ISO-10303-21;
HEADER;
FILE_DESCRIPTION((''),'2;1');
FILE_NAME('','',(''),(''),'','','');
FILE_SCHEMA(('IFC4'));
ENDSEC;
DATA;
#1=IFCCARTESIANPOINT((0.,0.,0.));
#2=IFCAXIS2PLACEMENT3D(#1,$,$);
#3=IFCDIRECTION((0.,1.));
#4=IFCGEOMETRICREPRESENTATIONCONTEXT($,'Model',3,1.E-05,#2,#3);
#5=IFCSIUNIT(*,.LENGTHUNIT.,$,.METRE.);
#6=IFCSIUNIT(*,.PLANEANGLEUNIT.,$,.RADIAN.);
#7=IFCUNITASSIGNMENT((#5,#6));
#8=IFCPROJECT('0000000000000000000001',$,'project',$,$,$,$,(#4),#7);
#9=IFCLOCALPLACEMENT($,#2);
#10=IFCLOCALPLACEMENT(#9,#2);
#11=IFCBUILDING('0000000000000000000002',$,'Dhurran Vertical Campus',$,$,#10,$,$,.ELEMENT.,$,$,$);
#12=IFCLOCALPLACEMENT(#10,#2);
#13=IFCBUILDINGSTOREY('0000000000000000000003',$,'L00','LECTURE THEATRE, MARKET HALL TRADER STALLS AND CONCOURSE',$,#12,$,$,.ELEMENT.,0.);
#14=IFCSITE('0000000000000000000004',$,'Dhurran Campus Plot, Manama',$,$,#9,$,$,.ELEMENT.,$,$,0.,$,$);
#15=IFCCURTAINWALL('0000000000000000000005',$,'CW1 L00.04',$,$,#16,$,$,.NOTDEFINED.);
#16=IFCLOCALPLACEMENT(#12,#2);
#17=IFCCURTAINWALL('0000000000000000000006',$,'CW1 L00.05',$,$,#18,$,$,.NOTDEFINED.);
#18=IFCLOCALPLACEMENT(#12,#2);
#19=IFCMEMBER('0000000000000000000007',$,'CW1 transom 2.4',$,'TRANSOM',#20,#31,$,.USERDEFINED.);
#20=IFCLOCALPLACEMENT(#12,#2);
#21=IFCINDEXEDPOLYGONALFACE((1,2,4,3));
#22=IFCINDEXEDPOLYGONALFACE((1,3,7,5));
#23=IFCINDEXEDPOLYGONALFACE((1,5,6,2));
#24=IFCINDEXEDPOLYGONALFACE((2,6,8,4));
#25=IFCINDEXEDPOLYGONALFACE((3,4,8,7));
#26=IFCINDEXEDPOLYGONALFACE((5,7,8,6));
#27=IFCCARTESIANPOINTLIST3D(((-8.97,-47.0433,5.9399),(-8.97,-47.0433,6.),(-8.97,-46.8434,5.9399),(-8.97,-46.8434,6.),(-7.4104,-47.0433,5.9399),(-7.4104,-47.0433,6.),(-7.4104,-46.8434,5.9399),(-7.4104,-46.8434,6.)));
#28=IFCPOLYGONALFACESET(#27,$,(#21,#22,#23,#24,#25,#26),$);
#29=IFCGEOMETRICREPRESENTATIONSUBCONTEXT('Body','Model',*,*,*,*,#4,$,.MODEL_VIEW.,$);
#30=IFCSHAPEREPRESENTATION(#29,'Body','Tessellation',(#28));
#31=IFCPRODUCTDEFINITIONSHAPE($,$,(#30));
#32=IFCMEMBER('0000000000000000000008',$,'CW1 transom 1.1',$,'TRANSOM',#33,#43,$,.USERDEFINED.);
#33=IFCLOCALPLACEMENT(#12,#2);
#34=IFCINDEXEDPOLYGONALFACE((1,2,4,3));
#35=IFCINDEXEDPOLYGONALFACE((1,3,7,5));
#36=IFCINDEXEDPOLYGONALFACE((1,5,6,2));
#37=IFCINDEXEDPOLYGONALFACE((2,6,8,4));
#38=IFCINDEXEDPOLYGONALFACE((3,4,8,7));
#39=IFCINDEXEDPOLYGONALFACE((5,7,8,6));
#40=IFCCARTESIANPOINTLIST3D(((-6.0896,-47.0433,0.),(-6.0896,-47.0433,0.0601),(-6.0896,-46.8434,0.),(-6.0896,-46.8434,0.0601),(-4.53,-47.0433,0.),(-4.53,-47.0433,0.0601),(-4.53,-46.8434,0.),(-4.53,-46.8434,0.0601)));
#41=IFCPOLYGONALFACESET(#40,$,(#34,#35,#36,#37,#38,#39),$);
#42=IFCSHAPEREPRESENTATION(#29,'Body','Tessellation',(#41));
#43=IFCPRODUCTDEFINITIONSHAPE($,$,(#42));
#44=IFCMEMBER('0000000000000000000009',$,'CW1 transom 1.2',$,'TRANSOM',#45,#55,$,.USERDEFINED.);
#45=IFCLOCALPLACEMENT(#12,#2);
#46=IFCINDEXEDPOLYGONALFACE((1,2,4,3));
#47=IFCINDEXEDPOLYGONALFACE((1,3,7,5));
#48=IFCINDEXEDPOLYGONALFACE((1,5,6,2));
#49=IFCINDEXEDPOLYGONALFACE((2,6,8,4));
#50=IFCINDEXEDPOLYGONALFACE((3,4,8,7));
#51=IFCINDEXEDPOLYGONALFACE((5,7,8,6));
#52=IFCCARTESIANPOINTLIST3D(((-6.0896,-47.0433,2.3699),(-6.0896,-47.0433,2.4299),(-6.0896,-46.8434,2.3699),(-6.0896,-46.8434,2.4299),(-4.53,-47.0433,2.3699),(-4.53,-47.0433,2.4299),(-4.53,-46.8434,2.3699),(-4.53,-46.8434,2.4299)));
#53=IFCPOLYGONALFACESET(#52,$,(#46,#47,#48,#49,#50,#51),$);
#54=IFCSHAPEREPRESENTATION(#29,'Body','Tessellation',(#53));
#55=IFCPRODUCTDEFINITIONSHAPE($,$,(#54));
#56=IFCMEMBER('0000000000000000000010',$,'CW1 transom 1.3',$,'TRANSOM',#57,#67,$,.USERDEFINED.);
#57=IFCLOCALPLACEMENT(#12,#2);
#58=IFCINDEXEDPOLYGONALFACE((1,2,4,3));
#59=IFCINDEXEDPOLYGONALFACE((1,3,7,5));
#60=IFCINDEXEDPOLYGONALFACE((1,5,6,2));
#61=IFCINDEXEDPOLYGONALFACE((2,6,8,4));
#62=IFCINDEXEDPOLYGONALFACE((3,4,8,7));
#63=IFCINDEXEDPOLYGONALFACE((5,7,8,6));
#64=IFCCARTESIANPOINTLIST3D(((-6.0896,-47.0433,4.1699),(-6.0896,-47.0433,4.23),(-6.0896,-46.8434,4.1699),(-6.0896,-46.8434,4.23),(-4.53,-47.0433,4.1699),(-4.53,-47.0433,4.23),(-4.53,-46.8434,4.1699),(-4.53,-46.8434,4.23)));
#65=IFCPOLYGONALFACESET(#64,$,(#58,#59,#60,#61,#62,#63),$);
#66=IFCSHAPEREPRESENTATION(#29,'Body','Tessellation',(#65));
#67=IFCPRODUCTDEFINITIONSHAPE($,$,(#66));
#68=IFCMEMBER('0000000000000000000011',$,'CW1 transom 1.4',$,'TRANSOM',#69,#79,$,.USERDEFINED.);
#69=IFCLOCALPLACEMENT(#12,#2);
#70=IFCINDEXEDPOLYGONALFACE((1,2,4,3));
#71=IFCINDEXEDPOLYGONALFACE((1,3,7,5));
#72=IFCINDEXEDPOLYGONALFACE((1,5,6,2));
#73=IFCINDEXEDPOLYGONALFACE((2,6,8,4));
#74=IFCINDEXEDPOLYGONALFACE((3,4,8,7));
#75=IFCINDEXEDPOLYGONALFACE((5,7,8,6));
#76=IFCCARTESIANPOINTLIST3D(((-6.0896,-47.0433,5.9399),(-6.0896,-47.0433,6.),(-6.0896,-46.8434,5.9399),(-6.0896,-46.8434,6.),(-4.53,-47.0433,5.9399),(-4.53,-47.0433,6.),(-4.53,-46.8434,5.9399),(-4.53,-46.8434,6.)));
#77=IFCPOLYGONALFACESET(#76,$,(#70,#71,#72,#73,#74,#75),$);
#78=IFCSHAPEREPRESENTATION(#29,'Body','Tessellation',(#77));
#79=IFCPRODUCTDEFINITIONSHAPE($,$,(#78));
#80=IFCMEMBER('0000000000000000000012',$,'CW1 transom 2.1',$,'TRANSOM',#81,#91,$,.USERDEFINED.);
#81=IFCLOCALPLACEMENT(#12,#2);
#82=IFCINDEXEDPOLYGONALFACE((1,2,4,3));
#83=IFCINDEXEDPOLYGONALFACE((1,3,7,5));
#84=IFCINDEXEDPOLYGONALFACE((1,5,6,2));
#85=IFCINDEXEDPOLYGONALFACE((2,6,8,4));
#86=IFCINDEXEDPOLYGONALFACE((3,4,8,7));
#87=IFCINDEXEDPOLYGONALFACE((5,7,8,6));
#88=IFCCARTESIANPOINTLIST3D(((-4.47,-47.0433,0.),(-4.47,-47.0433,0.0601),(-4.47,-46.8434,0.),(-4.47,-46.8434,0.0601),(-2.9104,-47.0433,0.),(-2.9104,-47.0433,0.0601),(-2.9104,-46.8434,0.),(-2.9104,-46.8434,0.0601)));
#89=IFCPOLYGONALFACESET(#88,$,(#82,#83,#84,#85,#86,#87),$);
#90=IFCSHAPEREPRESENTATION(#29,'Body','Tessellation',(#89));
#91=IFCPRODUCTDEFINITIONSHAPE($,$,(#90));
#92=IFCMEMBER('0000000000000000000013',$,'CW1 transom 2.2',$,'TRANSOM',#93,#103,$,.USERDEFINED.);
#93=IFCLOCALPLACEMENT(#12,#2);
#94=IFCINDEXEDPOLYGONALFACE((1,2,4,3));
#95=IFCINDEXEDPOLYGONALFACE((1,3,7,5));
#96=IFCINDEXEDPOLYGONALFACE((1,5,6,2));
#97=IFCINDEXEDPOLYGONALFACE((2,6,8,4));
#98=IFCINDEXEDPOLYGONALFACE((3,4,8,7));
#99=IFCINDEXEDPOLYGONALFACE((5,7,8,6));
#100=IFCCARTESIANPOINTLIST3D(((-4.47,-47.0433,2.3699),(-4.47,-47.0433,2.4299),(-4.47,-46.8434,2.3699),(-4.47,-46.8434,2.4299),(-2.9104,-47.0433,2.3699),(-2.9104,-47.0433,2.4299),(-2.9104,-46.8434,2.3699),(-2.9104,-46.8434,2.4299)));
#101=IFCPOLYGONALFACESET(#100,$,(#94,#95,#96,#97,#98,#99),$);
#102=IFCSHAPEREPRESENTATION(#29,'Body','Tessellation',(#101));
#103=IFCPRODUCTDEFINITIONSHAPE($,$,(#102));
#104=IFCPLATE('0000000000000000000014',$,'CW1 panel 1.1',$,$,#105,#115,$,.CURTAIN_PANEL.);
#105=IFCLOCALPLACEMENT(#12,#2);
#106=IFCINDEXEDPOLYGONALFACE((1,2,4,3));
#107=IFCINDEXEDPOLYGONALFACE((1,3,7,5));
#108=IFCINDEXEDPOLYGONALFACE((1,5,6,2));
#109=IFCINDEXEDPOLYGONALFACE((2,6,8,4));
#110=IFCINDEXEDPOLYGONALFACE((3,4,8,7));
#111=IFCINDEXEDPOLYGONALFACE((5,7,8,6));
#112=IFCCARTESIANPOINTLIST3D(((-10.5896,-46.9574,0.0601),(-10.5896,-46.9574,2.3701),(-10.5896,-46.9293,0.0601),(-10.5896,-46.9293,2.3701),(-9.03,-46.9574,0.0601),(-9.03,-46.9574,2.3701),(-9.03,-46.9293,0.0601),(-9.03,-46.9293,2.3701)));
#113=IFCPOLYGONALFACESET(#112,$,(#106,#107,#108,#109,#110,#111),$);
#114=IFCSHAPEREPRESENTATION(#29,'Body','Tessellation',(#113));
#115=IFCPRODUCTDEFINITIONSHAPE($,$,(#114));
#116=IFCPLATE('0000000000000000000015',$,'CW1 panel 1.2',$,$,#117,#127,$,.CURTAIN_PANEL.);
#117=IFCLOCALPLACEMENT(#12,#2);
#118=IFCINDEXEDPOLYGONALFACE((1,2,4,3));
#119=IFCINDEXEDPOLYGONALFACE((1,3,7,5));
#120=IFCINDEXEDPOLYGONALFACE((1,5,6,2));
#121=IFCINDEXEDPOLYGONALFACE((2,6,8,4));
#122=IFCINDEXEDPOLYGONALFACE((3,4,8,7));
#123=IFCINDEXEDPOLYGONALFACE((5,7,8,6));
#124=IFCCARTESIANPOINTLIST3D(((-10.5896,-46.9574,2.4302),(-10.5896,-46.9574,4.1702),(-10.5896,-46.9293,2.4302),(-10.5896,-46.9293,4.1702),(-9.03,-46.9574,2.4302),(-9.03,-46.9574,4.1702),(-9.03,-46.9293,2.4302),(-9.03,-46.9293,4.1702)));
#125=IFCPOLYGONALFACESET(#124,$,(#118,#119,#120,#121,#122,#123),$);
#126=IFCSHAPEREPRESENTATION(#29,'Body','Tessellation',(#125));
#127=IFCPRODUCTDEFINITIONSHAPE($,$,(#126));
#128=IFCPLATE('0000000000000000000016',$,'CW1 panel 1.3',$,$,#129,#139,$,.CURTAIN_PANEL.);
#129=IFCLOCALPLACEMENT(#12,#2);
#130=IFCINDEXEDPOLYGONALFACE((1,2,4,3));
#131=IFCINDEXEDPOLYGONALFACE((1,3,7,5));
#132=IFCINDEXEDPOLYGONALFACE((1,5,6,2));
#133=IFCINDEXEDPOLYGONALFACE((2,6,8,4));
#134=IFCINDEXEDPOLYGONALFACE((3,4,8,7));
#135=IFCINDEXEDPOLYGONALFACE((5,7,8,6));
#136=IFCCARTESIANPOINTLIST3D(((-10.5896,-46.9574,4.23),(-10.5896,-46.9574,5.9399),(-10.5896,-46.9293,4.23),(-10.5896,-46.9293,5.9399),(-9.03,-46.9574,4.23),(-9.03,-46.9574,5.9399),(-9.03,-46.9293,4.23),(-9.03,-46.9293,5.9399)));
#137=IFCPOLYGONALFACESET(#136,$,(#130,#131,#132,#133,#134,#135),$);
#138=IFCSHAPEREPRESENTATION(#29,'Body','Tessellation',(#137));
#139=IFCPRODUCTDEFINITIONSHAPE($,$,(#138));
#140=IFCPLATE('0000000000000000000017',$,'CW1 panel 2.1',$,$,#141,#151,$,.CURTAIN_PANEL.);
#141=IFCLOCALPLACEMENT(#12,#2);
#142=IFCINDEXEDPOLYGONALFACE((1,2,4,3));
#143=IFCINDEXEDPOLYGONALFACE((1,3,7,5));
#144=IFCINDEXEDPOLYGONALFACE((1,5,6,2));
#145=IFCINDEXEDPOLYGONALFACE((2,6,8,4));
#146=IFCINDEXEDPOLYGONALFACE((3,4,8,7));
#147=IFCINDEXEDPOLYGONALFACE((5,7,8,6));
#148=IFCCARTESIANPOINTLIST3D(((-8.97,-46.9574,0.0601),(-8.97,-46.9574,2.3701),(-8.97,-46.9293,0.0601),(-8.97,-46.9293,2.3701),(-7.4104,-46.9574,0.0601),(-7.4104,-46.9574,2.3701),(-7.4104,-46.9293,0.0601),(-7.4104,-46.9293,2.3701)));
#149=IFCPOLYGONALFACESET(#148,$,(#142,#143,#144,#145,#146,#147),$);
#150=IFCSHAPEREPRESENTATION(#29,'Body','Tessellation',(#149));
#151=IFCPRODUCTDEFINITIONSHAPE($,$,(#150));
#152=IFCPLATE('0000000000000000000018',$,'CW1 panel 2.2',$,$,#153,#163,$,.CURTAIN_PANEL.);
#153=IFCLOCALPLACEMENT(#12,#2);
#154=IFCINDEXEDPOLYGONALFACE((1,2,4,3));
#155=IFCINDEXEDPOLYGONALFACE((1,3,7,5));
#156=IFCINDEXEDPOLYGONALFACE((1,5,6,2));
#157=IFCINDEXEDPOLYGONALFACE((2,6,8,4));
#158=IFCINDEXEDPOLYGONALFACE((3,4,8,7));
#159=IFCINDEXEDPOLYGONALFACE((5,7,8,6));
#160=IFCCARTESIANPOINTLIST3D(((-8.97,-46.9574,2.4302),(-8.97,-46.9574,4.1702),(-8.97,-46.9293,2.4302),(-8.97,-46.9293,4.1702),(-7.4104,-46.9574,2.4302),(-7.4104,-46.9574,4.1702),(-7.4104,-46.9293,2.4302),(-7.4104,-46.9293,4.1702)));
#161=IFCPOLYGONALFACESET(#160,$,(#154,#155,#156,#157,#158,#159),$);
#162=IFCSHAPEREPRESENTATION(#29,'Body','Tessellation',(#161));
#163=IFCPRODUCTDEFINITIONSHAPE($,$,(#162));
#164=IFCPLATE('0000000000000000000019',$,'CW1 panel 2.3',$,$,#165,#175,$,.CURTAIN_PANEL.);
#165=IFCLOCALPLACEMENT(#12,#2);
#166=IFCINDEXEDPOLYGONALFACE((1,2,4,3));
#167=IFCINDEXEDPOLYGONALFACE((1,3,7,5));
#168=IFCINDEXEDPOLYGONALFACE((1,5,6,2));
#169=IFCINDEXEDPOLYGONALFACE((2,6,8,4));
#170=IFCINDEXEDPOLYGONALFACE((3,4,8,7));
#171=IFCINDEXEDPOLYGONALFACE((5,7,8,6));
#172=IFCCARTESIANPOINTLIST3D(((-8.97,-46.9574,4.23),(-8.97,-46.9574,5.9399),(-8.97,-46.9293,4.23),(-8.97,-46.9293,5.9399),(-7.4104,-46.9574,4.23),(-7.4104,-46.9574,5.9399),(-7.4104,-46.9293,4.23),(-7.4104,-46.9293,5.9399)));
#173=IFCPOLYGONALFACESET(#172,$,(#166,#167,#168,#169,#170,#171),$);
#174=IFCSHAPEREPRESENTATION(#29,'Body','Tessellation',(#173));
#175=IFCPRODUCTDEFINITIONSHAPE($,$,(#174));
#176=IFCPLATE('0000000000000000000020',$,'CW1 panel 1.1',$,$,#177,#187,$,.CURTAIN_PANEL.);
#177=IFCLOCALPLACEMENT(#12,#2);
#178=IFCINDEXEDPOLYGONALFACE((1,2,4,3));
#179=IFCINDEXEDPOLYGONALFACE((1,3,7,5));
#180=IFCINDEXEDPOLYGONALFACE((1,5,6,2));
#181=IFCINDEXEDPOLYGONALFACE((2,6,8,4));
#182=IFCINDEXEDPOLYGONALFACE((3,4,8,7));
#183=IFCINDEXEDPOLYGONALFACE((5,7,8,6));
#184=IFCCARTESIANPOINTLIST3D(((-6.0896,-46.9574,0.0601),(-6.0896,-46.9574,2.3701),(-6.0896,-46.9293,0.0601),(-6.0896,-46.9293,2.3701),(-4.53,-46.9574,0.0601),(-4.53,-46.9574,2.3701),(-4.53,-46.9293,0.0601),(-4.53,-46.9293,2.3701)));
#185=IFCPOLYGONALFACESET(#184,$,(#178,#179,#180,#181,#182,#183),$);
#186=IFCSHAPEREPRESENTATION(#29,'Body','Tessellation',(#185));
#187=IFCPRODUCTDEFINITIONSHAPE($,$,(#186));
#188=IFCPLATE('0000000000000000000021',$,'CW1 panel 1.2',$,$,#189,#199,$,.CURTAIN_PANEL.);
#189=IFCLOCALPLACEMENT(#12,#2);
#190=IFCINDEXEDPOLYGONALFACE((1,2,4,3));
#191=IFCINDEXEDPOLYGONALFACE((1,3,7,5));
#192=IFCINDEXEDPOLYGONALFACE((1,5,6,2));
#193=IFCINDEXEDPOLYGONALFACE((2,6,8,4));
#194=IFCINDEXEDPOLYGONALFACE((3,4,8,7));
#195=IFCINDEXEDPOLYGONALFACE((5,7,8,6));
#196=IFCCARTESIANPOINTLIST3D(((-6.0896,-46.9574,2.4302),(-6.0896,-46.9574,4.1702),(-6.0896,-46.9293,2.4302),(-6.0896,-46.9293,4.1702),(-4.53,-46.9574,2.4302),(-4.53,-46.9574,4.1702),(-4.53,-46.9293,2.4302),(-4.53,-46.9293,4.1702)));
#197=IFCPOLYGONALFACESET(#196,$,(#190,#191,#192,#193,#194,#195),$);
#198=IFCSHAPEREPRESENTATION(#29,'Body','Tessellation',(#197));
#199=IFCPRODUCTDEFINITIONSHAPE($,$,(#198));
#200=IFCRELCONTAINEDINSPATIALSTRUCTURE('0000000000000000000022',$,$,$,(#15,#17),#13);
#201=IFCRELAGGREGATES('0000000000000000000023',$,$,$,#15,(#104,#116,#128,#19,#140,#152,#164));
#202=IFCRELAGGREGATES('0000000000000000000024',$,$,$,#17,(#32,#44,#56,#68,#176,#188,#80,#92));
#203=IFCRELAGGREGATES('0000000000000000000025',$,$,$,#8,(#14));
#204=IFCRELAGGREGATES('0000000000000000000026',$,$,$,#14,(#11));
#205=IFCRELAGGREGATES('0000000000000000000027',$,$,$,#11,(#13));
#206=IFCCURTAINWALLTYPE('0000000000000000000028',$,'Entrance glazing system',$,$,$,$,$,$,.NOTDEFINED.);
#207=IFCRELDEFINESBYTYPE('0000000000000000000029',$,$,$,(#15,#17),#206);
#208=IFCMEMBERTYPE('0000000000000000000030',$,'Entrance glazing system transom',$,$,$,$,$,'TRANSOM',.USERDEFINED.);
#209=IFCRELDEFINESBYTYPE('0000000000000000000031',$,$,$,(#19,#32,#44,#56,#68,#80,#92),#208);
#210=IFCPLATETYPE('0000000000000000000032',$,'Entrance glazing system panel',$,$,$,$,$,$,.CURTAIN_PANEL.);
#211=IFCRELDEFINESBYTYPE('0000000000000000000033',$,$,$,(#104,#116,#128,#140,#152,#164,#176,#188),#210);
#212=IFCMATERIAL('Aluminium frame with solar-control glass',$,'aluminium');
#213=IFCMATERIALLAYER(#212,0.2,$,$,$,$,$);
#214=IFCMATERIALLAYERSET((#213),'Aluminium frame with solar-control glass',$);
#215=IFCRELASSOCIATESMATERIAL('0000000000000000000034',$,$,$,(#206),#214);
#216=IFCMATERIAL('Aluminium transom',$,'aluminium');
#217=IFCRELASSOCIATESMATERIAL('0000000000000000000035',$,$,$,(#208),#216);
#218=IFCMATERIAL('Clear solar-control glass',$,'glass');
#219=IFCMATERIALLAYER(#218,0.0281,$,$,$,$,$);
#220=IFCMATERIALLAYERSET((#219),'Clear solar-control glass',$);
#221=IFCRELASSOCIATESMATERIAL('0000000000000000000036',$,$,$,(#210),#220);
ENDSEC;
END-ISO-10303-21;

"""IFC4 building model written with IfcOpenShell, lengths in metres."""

from ifc_helpers import new_model, si_unit, direction, frame, origin, origin_2d, place, context, subcontext, project, spatial, rectangle, extrude, material, layer, layer_set, material_profile, profile_set, type_object, element, aggregate, save


model = new_model("IFC4")

# Units and contexts
model_context = context("Model", 3, precision=1e-05, world=origin(), true_north=direction((0.0, 1.0)))
body_context = subcontext(model_context, "Body", "Model", "MODEL_VIEW")
ifc_project = project(units=[si_unit("LENGTHUNIT", "METRE"), si_unit("PLANEANGLEUNIT", "RADIAN")], contexts=[model_context])

# Site, building, storey
site_placement = place(None, origin())
site = spatial("IfcSite", under=ifc_project, at=site_placement, Name="Dhurran Campus Plot, Manama", CompositionType="ELEMENT", RefElevation=0.0)
building_placement = place(site_placement, origin())
building = spatial("IfcBuilding", under=site, at=building_placement, Name="Dhurran Vertical Campus", CompositionType="ELEMENT")
storey_placement = place(building_placement, origin())
storey = spatial("IfcBuildingStorey", under=building, at=storey_placement, Name="L00", Description="LECTURE THEATRE, MARKET HALL TRADER STALLS AND CONCOURSE", CompositionType="ELEMENT", Elevation=0.0)

# Curtain walls
ifc_material_1 = material(Name="Aluminium frame with solar-control glass", Category="aluminium")
ifc_layer_1 = layer(ifc_material_1, 0.2)
ifc_layer_set_1 = layer_set([ifc_layer_1], Name="Aluminium frame with solar-control glass")
curtain_wall_type = type_object("IfcCurtainWallType", Name="Entrance glazing system", PredefinedType="NOTDEFINED", material=ifc_layer_set_1)
curtain_wall_1_placement = place(storey_placement, origin())
curtain_wall_1 = element("IfcCurtainWall", 1, at=curtain_wall_1_placement, inside=storey, type_object=curtain_wall_type, Name="CW1 L00.04", PredefinedType="NOTDEFINED")
curtain_wall_2_placement = place(storey_placement, origin())
curtain_wall_2 = element("IfcCurtainWall", 2, at=curtain_wall_2_placement, inside=storey, type_object=curtain_wall_type, Name="CW1 L00.05", PredefinedType="NOTDEFINED")

# Members
ifc_material_2 = material(Name="Aluminium transom", Category="aluminium")
ifc_material_profile_1 = material_profile(ifc_material_2, rectangle(XDim=0.2, YDim=0.0601, at=origin_2d()), Name="Entrance glazing system transom")
ifc_profile_set_1 = profile_set([ifc_material_profile_1], Name="Aluminium transom")
member_type_1 = type_object("IfcMemberType", Name="Entrance glazing system transom", ElementType="TRANSOM", PredefinedType="USERDEFINED", material=ifc_profile_set_1)
member_1_placement = place(storey_placement, frame((-8.97, -46.9434, 5.97), z_axis=(1.0, 0.0, 0.0), x_axis=(0.0, 1.0, 0.0)))
member_1 = element("IfcMember", 3, at=member_1_placement, type_object=member_type_1, Name="CW1 transom 2.4", ObjectType="TRANSOM", PredefinedType="USERDEFINED", context=body_context, shape_type="SweptSolid", body=[
    extrude(rectangle(XDim=0.2, YDim=0.0601, at=origin_2d()), origin(), (0.0, 0.0, 1.0), 1.5596),
])
member_2_placement = place(storey_placement, frame((-6.0896, -46.9434, 0.03), z_axis=(1.0, 0.0, 0.0), x_axis=(0.0, 1.0, 0.0)))
member_2 = element("IfcMember", 4, at=member_2_placement, type_object=member_type_1, Name="CW1 transom 1.1", ObjectType="TRANSOM", PredefinedType="USERDEFINED", context=body_context, shape_type="SweptSolid", body=[
    extrude(rectangle(XDim=0.2, YDim=0.0601, at=origin_2d()), origin(), (0.0, 0.0, 1.0), 1.5596),
])
member_3_placement = place(storey_placement, frame((-6.0896, -46.9434, 2.3999), z_axis=(1.0, 0.0, 0.0), x_axis=(0.0, 1.0, 0.0)))
member_3 = element("IfcMember", 5, at=member_3_placement, type_object=member_type_1, Name="CW1 transom 1.2", ObjectType="TRANSOM", PredefinedType="USERDEFINED", context=body_context, shape_type="SweptSolid", body=[
    extrude(rectangle(XDim=0.2, YDim=0.0601, at=origin_2d()), origin(), (0.0, 0.0, 1.0), 1.5596),
])
member_4_placement = place(storey_placement, frame((-6.0896, -46.9434, 4.2), z_axis=(1.0, 0.0, 0.0), x_axis=(0.0, 1.0, 0.0)))
member_4 = element("IfcMember", 6, at=member_4_placement, type_object=member_type_1, Name="CW1 transom 1.3", ObjectType="TRANSOM", PredefinedType="USERDEFINED", context=body_context, shape_type="SweptSolid", body=[
    extrude(rectangle(XDim=0.2, YDim=0.0601, at=origin_2d()), origin(), (0.0, 0.0, 1.0), 1.5596),
])
member_5_placement = place(storey_placement, frame((-6.0896, -46.9434, 5.97), z_axis=(1.0, 0.0, 0.0), x_axis=(0.0, 1.0, 0.0)))
member_5 = element("IfcMember", 7, at=member_5_placement, type_object=member_type_1, Name="CW1 transom 1.4", ObjectType="TRANSOM", PredefinedType="USERDEFINED", context=body_context, shape_type="SweptSolid", body=[
    extrude(rectangle(XDim=0.2, YDim=0.0601, at=origin_2d()), origin(), (0.0, 0.0, 1.0), 1.5596),
])
member_6_placement = place(storey_placement, frame((-4.47, -46.9434, 0.03), z_axis=(1.0, 0.0, 0.0), x_axis=(0.0, 1.0, 0.0)))
member_6 = element("IfcMember", 8, at=member_6_placement, type_object=member_type_1, Name="CW1 transom 2.1", ObjectType="TRANSOM", PredefinedType="USERDEFINED", context=body_context, shape_type="SweptSolid", body=[
    extrude(rectangle(XDim=0.2, YDim=0.0601, at=origin_2d()), origin(), (0.0, 0.0, 1.0), 1.5596),
])
member_7_placement = place(storey_placement, frame((-4.47, -46.9434, 2.3999), z_axis=(1.0, 0.0, 0.0), x_axis=(0.0, 1.0, 0.0)))
member_7 = element("IfcMember", 9, at=member_7_placement, type_object=member_type_1, Name="CW1 transom 2.2", ObjectType="TRANSOM", PredefinedType="USERDEFINED", context=body_context, shape_type="SweptSolid", body=[
    extrude(rectangle(XDim=0.2, YDim=0.0601, at=origin_2d()), origin(), (0.0, 0.0, 1.0), 1.5596),
])

# Plates
ifc_material_3 = material(Name="Clear solar-control glass", Category="glass")
ifc_layer_2 = layer(ifc_material_3, 0.0281)
ifc_layer_set_2 = layer_set([ifc_layer_2], Name="Clear solar-control glass")
plate_type = type_object("IfcPlateType", Name="Entrance glazing system panel", PredefinedType="CURTAIN_PANEL", material=ifc_layer_set_2)
plate_1_placement = place(storey_placement, frame((-9.8098, -46.9434, 0.0601), z_axis=(0.0, 0.0, 1.0), x_axis=(1.0, 0.0, 0.0)))
plate_1 = element("IfcPlate", 10, at=plate_1_placement, type_object=plate_type, Name="CW1 panel 1.1", PredefinedType="CURTAIN_PANEL", context=body_context, shape_type="SweptSolid", body=[
    extrude(rectangle(XDim=1.5596, YDim=0.0281, at=origin_2d()), origin(), (0.0, 0.0, 1.0), 2.3101),
])
plate_2_placement = place(storey_placement, frame((-9.8098, -46.9434, 2.4302), z_axis=(0.0, 0.0, 1.0), x_axis=(1.0, 0.0, 0.0)))
plate_2 = element("IfcPlate", 11, at=plate_2_placement, type_object=plate_type, Name="CW1 panel 1.2", PredefinedType="CURTAIN_PANEL", context=body_context, shape_type="SweptSolid", body=[
    extrude(rectangle(XDim=1.5596, YDim=0.0281, at=origin_2d()), origin(), (0.0, 0.0, 1.0), 1.74),
])
plate_3_placement = place(storey_placement, frame((-9.8098, -46.9434, 4.23), z_axis=(0.0, 0.0, 1.0), x_axis=(1.0, 0.0, 0.0)))
plate_3 = element("IfcPlate", 12, at=plate_3_placement, type_object=plate_type, Name="CW1 panel 1.3", PredefinedType="CURTAIN_PANEL", context=body_context, shape_type="SweptSolid", body=[
    extrude(rectangle(XDim=1.5596, YDim=0.0281, at=origin_2d()), origin(), (0.0, 0.0, 1.0), 1.71),
])
plate_4_placement = place(storey_placement, frame((-8.1902, -46.9434, 0.0601), z_axis=(0.0, 0.0, 1.0), x_axis=(1.0, 0.0, 0.0)))
plate_4 = element("IfcPlate", 13, at=plate_4_placement, type_object=plate_type, Name="CW1 panel 2.1", PredefinedType="CURTAIN_PANEL", context=body_context, shape_type="SweptSolid", body=[
    extrude(rectangle(XDim=1.5596, YDim=0.0281, at=origin_2d()), origin(), (0.0, 0.0, 1.0), 2.3101),
])
plate_5_placement = place(storey_placement, frame((-8.1902, -46.9434, 2.4302), z_axis=(0.0, 0.0, 1.0), x_axis=(1.0, 0.0, 0.0)))
plate_5 = element("IfcPlate", 14, at=plate_5_placement, type_object=plate_type, Name="CW1 panel 2.2", PredefinedType="CURTAIN_PANEL", context=body_context, shape_type="SweptSolid", body=[
    extrude(rectangle(XDim=1.5596, YDim=0.0281, at=origin_2d()), origin(), (0.0, 0.0, 1.0), 1.74),
])
plate_6_placement = place(storey_placement, frame((-8.1902, -46.9434, 4.23), z_axis=(0.0, 0.0, 1.0), x_axis=(1.0, 0.0, 0.0)))
plate_6 = element("IfcPlate", 15, at=plate_6_placement, type_object=plate_type, Name="CW1 panel 2.3", PredefinedType="CURTAIN_PANEL", context=body_context, shape_type="SweptSolid", body=[
    extrude(rectangle(XDim=1.5596, YDim=0.0281, at=origin_2d()), origin(), (0.0, 0.0, 1.0), 1.71),
])
aggregate(curtain_wall_1, [plate_1, plate_2, plate_3, member_1, plate_4, plate_5, plate_6])
plate_7_placement = place(storey_placement, frame((-5.3098, -46.9434, 0.0601), z_axis=(0.0, 0.0, 1.0), x_axis=(1.0, 0.0, 0.0)))
plate_7 = element("IfcPlate", 16, at=plate_7_placement, type_object=plate_type, Name="CW1 panel 1.1", PredefinedType="CURTAIN_PANEL", context=body_context, shape_type="SweptSolid", body=[
    extrude(rectangle(XDim=1.5596, YDim=0.0281, at=origin_2d()), origin(), (0.0, 0.0, 1.0), 2.3101),
])
plate_8_placement = place(storey_placement, frame((-5.3098, -46.9434, 2.4302), z_axis=(0.0, 0.0, 1.0), x_axis=(1.0, 0.0, 0.0)))
plate_8 = element("IfcPlate", 17, at=plate_8_placement, type_object=plate_type, Name="CW1 panel 1.2", PredefinedType="CURTAIN_PANEL", context=body_context, shape_type="SweptSolid", body=[
    extrude(rectangle(XDim=1.5596, YDim=0.0281, at=origin_2d()), origin(), (0.0, 0.0, 1.0), 1.74),
])
aggregate(curtain_wall_2, [member_2, member_3, member_4, member_5, plate_7, plate_8, member_6, member_7])

save(model, "model.ifc")
